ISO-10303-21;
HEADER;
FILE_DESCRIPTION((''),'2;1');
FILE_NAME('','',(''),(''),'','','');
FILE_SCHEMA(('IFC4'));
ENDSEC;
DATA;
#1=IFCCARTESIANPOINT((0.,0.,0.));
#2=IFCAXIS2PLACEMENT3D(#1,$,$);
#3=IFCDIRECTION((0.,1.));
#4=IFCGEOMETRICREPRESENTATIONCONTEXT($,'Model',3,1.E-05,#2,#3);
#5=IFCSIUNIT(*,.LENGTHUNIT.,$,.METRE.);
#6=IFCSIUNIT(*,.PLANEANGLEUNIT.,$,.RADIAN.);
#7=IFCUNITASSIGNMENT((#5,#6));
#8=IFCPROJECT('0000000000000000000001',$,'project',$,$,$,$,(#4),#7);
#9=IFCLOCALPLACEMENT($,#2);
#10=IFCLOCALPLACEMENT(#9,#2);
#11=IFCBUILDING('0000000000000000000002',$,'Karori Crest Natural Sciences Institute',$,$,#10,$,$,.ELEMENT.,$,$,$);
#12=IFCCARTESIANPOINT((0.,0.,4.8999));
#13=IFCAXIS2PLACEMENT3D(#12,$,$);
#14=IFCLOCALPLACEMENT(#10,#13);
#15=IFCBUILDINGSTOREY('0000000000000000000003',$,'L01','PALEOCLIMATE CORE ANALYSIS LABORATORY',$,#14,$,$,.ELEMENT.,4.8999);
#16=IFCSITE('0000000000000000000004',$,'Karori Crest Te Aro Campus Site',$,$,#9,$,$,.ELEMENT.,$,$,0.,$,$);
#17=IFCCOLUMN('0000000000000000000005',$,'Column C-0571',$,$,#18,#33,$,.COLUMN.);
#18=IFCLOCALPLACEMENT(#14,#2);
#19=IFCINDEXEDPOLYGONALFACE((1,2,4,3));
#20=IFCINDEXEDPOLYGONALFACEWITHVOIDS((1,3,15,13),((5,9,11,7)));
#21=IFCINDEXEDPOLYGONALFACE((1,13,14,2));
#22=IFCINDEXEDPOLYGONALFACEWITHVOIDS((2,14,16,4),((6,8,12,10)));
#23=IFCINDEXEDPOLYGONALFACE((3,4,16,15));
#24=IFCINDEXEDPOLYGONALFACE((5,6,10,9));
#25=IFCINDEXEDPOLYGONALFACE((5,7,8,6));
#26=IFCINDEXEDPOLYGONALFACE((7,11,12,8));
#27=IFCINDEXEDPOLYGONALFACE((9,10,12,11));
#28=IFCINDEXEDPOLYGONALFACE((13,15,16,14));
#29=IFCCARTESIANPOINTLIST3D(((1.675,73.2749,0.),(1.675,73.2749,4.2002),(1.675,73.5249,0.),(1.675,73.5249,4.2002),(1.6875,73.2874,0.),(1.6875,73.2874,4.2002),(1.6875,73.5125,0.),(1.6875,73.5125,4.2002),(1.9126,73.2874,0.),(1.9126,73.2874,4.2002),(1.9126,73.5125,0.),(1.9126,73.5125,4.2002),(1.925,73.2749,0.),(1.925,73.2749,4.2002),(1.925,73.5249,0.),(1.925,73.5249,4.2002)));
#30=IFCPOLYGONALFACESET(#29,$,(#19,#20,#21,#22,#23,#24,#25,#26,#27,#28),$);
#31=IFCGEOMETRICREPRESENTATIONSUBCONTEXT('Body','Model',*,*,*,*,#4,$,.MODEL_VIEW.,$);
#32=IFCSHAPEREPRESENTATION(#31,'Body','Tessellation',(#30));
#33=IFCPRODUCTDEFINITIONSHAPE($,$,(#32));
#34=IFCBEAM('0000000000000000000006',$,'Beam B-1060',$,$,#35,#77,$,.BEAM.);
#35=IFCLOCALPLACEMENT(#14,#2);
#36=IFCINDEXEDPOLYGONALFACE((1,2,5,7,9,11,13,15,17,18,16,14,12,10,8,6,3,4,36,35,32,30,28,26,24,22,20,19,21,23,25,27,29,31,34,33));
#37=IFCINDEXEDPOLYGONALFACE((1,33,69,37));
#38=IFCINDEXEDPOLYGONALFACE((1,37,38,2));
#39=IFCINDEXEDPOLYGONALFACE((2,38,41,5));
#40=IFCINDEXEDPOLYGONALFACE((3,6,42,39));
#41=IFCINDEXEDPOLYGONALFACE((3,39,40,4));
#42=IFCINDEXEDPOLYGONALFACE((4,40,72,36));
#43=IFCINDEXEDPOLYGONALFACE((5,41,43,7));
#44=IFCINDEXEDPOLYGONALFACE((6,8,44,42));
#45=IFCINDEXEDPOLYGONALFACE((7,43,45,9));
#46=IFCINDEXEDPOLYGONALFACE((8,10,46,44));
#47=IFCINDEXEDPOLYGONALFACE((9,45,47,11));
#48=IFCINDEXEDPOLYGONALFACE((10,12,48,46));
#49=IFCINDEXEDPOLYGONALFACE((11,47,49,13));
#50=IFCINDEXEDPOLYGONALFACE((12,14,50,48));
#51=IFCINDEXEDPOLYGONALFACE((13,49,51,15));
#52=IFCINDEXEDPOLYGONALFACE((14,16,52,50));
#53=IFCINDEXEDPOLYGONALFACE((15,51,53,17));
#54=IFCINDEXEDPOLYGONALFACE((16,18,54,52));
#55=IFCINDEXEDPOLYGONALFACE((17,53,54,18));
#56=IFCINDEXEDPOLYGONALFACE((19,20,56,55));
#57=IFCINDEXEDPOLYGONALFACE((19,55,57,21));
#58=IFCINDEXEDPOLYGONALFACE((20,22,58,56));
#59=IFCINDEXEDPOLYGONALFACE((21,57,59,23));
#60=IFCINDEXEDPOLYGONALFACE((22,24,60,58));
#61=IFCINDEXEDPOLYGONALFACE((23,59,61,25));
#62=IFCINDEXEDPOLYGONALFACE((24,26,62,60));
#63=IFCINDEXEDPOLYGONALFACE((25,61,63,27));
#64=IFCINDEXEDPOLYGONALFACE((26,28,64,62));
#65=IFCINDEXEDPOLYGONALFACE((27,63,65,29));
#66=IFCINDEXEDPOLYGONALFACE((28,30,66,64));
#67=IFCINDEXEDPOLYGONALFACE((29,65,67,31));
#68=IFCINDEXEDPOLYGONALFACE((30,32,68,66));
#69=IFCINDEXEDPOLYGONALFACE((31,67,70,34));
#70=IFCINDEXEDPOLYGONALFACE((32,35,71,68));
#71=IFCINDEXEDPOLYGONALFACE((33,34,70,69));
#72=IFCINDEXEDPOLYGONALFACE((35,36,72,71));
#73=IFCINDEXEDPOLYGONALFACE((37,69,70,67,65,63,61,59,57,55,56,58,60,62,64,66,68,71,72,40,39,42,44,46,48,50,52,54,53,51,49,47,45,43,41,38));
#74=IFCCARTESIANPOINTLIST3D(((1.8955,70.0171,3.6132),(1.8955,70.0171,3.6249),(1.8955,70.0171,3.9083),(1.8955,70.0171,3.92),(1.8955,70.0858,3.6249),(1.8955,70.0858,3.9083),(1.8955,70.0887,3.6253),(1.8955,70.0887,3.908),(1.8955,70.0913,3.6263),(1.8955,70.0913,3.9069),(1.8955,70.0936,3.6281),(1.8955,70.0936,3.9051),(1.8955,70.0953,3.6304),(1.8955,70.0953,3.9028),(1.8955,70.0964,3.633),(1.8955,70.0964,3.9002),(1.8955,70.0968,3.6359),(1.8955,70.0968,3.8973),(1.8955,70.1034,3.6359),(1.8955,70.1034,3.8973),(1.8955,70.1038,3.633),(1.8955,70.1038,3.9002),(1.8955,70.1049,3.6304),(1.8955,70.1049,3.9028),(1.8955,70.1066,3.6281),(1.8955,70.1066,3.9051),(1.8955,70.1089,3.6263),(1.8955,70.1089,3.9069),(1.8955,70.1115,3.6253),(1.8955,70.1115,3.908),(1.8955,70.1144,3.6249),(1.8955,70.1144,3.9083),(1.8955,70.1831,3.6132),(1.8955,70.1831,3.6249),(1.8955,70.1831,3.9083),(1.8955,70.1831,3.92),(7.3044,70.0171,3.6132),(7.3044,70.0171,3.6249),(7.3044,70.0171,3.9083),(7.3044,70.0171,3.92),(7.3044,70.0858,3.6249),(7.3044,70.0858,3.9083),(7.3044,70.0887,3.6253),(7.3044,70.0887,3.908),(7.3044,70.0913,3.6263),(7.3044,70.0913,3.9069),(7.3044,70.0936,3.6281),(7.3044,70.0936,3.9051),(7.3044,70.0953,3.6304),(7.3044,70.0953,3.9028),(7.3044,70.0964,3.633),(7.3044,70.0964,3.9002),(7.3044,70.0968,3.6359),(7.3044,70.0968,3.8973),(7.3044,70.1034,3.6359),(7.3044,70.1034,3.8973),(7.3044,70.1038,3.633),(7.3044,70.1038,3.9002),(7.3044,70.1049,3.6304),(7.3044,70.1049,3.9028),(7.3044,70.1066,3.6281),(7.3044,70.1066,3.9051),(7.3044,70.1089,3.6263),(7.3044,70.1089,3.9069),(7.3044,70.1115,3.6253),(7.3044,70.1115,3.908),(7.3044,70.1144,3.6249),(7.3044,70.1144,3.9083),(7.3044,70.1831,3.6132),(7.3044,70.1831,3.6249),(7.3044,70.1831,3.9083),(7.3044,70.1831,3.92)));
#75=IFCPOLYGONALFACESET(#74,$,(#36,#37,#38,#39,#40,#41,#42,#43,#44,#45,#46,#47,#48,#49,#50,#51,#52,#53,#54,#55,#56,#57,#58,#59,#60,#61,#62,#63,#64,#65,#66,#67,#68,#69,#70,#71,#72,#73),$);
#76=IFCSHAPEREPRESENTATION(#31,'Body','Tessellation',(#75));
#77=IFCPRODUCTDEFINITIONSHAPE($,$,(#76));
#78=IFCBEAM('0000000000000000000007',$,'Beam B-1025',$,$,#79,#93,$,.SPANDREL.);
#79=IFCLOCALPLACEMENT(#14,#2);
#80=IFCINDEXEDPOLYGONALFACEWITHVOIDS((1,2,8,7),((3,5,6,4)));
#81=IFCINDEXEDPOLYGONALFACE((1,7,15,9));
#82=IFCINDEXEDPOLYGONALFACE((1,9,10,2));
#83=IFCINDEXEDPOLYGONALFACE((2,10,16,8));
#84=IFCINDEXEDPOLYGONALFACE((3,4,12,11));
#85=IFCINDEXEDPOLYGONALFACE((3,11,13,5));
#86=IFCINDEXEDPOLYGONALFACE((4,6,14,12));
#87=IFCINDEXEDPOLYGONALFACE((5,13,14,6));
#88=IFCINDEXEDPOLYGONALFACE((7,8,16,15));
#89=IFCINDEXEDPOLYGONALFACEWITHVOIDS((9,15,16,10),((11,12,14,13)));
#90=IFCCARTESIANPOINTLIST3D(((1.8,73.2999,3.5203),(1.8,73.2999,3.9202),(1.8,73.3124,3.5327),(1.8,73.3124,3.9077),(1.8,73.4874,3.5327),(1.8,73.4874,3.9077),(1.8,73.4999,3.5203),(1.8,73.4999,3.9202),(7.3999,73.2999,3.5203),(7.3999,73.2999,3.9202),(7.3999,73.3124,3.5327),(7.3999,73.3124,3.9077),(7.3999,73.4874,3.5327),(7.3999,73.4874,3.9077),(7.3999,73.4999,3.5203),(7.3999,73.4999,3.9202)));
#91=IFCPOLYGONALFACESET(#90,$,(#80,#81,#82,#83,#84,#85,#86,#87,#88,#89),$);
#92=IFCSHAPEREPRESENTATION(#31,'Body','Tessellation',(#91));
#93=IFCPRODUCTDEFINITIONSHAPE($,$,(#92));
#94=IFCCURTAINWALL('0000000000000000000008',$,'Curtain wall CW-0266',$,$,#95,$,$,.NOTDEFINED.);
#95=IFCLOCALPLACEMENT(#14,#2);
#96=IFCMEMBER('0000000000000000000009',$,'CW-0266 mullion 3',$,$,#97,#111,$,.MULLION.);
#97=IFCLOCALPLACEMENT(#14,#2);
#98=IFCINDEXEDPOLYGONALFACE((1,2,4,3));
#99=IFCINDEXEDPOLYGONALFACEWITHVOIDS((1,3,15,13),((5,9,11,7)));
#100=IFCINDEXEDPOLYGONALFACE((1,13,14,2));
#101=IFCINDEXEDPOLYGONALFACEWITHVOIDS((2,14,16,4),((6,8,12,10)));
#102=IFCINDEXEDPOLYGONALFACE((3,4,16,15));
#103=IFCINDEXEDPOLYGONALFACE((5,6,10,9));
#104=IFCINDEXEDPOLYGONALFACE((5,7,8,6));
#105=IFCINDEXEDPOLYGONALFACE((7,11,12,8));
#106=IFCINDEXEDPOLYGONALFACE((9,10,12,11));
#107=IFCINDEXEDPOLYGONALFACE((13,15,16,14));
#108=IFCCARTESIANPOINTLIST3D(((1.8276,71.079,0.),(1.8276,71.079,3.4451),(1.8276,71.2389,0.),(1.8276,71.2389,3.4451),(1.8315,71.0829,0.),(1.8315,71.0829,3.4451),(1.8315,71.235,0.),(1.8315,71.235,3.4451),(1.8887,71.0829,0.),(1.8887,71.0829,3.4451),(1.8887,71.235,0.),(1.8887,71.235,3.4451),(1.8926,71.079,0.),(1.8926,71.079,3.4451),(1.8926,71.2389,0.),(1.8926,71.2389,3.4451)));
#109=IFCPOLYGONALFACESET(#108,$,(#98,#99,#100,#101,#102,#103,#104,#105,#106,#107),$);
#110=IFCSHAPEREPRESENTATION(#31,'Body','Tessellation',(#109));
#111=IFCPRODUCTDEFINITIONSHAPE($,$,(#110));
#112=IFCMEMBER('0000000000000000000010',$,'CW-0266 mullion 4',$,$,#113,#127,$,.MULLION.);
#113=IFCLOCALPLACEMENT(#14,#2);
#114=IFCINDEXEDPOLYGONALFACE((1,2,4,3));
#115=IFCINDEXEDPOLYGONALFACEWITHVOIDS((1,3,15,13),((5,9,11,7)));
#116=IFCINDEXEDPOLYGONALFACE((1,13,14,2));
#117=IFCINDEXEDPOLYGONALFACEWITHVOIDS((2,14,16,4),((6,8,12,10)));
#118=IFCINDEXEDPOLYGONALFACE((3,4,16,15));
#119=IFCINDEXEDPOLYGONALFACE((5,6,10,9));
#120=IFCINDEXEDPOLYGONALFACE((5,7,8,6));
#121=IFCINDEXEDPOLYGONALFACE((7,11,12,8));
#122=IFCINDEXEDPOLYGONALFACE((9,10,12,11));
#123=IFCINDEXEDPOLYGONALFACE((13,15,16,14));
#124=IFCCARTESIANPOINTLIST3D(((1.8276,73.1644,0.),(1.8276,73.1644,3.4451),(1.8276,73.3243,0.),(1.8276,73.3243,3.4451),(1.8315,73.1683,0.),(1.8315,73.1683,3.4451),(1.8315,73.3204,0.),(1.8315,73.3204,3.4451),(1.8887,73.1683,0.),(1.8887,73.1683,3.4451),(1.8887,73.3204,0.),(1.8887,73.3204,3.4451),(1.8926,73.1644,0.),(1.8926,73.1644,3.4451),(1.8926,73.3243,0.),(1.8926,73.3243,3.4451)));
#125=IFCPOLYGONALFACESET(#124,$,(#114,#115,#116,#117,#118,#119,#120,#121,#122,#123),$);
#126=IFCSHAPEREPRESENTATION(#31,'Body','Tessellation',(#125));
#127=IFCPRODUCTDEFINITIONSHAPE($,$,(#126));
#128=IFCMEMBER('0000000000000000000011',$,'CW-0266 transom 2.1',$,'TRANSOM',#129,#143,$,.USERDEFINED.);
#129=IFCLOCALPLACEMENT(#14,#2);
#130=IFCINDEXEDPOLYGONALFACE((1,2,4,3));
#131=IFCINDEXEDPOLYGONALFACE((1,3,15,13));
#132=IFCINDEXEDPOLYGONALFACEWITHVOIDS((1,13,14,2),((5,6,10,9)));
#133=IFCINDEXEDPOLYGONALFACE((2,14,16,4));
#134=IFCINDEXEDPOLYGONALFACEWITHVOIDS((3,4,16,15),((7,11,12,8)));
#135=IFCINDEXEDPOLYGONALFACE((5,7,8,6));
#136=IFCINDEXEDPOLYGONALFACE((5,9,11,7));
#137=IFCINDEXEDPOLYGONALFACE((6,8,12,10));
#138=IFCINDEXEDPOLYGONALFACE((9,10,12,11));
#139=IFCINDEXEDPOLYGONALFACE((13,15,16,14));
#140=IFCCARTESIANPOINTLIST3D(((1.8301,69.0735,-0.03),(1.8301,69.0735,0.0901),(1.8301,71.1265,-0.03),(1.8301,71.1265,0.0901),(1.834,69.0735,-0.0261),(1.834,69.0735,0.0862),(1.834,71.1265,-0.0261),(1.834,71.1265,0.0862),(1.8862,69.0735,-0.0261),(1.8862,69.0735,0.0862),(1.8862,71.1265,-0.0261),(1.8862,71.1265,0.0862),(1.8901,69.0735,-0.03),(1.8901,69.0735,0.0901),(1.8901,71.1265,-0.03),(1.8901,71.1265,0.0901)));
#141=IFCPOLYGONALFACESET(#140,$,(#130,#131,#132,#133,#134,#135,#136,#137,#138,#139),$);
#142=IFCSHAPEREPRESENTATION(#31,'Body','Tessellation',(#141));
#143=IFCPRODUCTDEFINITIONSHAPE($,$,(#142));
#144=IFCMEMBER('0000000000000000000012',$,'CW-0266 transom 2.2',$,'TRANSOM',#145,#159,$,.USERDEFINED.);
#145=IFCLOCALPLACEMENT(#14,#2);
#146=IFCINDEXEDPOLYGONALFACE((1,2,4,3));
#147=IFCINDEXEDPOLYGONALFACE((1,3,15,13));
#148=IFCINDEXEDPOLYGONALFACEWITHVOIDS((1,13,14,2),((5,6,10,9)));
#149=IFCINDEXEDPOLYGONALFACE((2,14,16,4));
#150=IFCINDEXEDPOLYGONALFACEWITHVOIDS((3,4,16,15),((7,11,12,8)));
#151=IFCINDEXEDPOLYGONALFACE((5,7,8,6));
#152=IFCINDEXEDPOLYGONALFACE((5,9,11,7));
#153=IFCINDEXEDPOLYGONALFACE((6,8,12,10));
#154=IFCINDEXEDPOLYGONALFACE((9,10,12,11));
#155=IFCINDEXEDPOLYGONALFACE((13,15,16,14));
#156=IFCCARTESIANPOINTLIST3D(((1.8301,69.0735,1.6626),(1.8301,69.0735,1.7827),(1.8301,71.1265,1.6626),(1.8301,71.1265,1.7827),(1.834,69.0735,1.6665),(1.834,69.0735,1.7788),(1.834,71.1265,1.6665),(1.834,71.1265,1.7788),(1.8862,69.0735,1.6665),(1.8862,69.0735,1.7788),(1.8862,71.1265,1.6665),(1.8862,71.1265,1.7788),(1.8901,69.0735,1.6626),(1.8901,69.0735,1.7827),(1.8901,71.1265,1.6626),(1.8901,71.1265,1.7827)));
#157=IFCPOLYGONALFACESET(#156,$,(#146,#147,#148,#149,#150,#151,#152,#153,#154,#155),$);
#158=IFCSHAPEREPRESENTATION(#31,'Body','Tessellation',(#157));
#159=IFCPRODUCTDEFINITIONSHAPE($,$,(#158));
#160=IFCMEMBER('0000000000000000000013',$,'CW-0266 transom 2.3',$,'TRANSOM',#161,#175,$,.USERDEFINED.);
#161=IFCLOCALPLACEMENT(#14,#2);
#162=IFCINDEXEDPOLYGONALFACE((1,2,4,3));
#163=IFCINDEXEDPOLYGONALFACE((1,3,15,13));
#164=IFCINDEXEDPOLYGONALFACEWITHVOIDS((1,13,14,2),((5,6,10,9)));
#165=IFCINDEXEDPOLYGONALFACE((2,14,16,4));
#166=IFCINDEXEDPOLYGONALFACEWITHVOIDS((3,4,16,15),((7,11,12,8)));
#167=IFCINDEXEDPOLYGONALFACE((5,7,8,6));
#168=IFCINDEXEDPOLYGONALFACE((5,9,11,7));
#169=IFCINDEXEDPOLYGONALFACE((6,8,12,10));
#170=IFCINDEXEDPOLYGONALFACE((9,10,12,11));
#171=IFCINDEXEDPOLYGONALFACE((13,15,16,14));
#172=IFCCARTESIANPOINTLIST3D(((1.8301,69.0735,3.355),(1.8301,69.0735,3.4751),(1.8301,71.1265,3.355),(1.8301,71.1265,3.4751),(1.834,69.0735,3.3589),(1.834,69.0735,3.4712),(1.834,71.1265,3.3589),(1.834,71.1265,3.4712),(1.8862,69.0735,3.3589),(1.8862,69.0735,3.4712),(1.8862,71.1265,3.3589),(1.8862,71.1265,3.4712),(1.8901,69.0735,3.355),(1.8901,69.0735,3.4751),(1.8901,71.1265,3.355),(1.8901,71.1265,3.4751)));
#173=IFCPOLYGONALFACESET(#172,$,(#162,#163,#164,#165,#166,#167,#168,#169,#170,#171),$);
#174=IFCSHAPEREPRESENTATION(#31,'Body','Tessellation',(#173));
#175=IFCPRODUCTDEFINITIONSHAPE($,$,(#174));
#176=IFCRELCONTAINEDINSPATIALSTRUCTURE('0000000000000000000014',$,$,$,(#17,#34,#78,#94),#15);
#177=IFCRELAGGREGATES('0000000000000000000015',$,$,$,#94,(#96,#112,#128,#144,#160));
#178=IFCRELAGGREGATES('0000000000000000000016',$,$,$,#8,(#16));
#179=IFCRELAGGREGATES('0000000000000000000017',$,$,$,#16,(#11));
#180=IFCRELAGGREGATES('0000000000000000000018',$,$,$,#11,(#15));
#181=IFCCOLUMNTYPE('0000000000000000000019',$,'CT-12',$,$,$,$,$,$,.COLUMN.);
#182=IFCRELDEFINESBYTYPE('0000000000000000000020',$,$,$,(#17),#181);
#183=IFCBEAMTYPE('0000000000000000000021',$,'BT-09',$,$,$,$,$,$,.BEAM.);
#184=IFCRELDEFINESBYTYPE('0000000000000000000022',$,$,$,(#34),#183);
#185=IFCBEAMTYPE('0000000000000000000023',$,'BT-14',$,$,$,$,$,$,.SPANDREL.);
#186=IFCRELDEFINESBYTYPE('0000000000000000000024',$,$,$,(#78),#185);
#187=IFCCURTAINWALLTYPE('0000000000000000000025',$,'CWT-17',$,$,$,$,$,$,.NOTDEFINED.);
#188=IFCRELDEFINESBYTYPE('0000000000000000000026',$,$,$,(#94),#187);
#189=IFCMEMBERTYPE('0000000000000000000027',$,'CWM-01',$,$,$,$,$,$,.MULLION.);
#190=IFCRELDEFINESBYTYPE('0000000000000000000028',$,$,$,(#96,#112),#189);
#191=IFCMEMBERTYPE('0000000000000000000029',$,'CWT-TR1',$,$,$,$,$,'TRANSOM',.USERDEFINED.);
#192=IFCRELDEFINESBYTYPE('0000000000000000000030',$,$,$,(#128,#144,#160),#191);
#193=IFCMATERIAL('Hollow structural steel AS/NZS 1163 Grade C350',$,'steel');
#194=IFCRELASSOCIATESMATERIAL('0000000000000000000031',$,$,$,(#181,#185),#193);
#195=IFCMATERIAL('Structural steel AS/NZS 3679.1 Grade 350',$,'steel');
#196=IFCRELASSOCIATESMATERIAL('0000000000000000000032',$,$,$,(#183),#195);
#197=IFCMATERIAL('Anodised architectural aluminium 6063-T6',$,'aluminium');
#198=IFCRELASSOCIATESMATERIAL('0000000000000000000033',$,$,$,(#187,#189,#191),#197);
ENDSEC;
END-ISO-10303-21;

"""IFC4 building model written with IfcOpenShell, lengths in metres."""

from ifc_helpers import new_model, si_unit, direction, frame, origin, origin_2d, place, context, subcontext, project, spatial, hollow_rectangle, i_section, extrude, material, material_profile, profile_set, type_object, element, aggregate, save


model = new_model("IFC4")

# Units and contexts
model_context = context("Model", 3, precision=1e-05, world=origin(), true_north=direction((0.0, 1.0)))
body_context = subcontext(model_context, "Body", "Model", "MODEL_VIEW")
ifc_project = project(units=[si_unit("LENGTHUNIT", "METRE"), si_unit("PLANEANGLEUNIT", "RADIAN")], contexts=[model_context])

# Site, building, storey
site_placement = place(None, origin())
site = spatial("IfcSite", under=ifc_project, at=site_placement, Name="Karori Crest Te Aro Campus Site", CompositionType="ELEMENT", RefElevation=0.0)
building_placement = place(site_placement, origin())
building = spatial("IfcBuilding", under=site, at=building_placement, Name="Karori Crest Natural Sciences Institute", CompositionType="ELEMENT")
storey_placement = place(building_placement, frame((0.0, 0.0, 4.8999)))
storey = spatial("IfcBuildingStorey", under=building, at=storey_placement, Name="L01", Description="PALEOCLIMATE CORE ANALYSIS LABORATORY", CompositionType="ELEMENT", Elevation=4.8999)

# Column
ifc_material_1 = material(Name="Hollow structural steel AS/NZS 1163 Grade C350", Category="steel")
ifc_material_profile_1 = material_profile(ifc_material_1, hollow_rectangle(XDim=0.25, YDim=0.25, WallThickness=0.0125, at=origin_2d()), Name="SHS250x250x12.5")
ifc_profile_set_1 = profile_set([ifc_material_profile_1], Name="Hollow structural steel AS/NZS 1163 Grade C350")
column_type = type_object("IfcColumnType", Name="CT-12", PredefinedType="COLUMN", material=ifc_profile_set_1)
column_placement = place(storey_placement, frame((1.8, 73.3999, 0.0), z_axis=(0.0, 0.0, 1.0), x_axis=(1.0, 0.0, 0.0)))
element("IfcColumn", 1, at=column_placement, inside=storey, type_object=column_type, Name="Column C-0571", PredefinedType="COLUMN", context=body_context, shape_type="SweptSolid", body=[
    extrude(hollow_rectangle(XDim=0.25, YDim=0.25, WallThickness=0.0125, at=origin_2d()), origin(), (0.0, 0.0, 1.0), 4.2002),
])

# Beams
ifc_material_2 = material(Name="Structural steel AS/NZS 3679.1 Grade 350", Category="steel")
ifc_material_profile_2 = material_profile(ifc_material_2, i_section(OverallWidth=0.166, OverallDepth=0.3069, WebThickness=0.0066, FlangeThickness=0.0117, FilletRadius=0.011, at=origin_2d()), Name="310UB46.2")
ifc_profile_set_2 = profile_set([ifc_material_profile_2], Name="Structural steel AS/NZS 3679.1 Grade 350")
beam_type_1 = type_object("IfcBeamType", Name="BT-09", PredefinedType="BEAM", material=ifc_profile_set_2)
beam_1_placement = place(storey_placement, frame((1.8955, 70.1001, 3.7666), z_axis=(1.0, 0.0, 0.0), x_axis=(0.0, 1.0, 0.0)))
element("IfcBeam", 2, at=beam_1_placement, inside=storey, type_object=beam_type_1, Name="Beam B-1060", PredefinedType="BEAM", context=body_context, shape_type="SweptSolid", body=[
    extrude(i_section(OverallWidth=0.166, OverallDepth=0.3069, WebThickness=0.0066, FlangeThickness=0.0117, FilletRadius=0.011, at=origin_2d()), origin(), (0.0, 0.0, 1.0), 5.4089),
])
ifc_material_profile_3 = material_profile(ifc_material_1, hollow_rectangle(XDim=0.2, YDim=0.3999, WallThickness=0.0125, at=origin_2d()), Name="RHS400x200x12.5")
ifc_profile_set_3 = profile_set([ifc_material_profile_3], Name="Hollow structural steel AS/NZS 1163 Grade C350")
beam_type_2 = type_object("IfcBeamType", Name="BT-14", PredefinedType="SPANDREL", material=ifc_profile_set_3)
beam_2_placement = place(storey_placement, frame((1.8, 73.3999, 3.7202), z_axis=(1.0, 0.0, 0.0), x_axis=(0.0, 1.0, 0.0)))
element("IfcBeam", 3, at=beam_2_placement, inside=storey, type_object=beam_type_2, Name="Beam B-1025", PredefinedType="SPANDREL", context=body_context, shape_type="SweptSolid", body=[
    extrude(hollow_rectangle(XDim=0.2, YDim=0.3999, WallThickness=0.0125, at=origin_2d()), origin(), (0.0, 0.0, 1.0), 5.5999),
])

# Curtain wall, members
ifc_material_3 = material(Name="Anodised architectural aluminium 6063-T6", Category="aluminium")
curtain_wall_type = type_object("IfcCurtainWallType", Name="CWT-17", PredefinedType="NOTDEFINED", material=ifc_material_3)
curtain_wall_placement = place(storey_placement, origin())
curtain_wall = element("IfcCurtainWall", 4, at=curtain_wall_placement, inside=storey, type_object=curtain_wall_type, Name="Curtain wall CW-0266", PredefinedType="NOTDEFINED")
ifc_material_profile_4 = material_profile(ifc_material_3, hollow_rectangle(XDim=0.0649, YDim=0.1599, WallThickness=0.0039, at=origin_2d()), Name="CWM160x65x4")
ifc_profile_set_4 = profile_set([ifc_material_profile_4], Name="Anodised architectural aluminium 6063-T6")
member_type_1 = type_object("IfcMemberType", Name="CWM-01", PredefinedType="MULLION", material=ifc_profile_set_4)
member_1_placement = place(storey_placement, frame((1.8601, 71.1589, 0.0), z_axis=(0.0, 0.0, 1.0), x_axis=(-1.0, 0.0, 0.0)))
member_1 = element("IfcMember", 5, at=member_1_placement, type_object=member_type_1, Name="CW-0266 mullion 3", PredefinedType="MULLION", context=body_context, shape_type="SweptSolid", body=[
    extrude(hollow_rectangle(XDim=0.0649, YDim=0.1599, WallThickness=0.0039, at=origin_2d()), origin(), (0.0, 0.0, 1.0), 3.4451),
])
member_2_placement = place(storey_placement, frame((1.8601, 73.2444, 0.0), z_axis=(0.0, 0.0, 1.0), x_axis=(-1.0, 0.0, 0.0)))
member_2 = element("IfcMember", 6, at=member_2_placement, type_object=member_type_1, Name="CW-0266 mullion 4", PredefinedType="MULLION", context=body_context, shape_type="SweptSolid", body=[
    extrude(hollow_rectangle(XDim=0.0649, YDim=0.1599, WallThickness=0.0039, at=origin_2d()), origin(), (0.0, 0.0, 1.0), 3.4451),
])
ifc_material_profile_5 = material_profile(ifc_material_3, hollow_rectangle(XDim=0.0601, YDim=0.1201, WallThickness=0.0039, at=origin_2d()), Name="CWT120x60x4")
ifc_profile_set_5 = profile_set([ifc_material_profile_5], Name="Anodised architectural aluminium 6063-T6")
member_type_2 = type_object("IfcMemberType", Name="CWT-TR1", ElementType="TRANSOM", PredefinedType="USERDEFINED", material=ifc_profile_set_5)
member_3_placement = place(storey_placement, frame((1.8601, 69.0735, 0.03), z_axis=(0.0, 1.0, 0.0), x_axis=(-1.0, 0.0, 0.0)))
member_3 = element("IfcMember", 7, at=member_3_placement, type_object=member_type_2, Name="CW-0266 transom 2.1", ObjectType="TRANSOM", PredefinedType="USERDEFINED", context=body_context, shape_type="SweptSolid", body=[
    extrude(hollow_rectangle(XDim=0.0601, YDim=0.1201, WallThickness=0.0039, at=origin_2d()), origin(), (0.0, 0.0, 1.0), 2.053),
])
member_4_placement = place(storey_placement, frame((1.8601, 69.0735, 1.7227), z_axis=(0.0, 1.0, 0.0), x_axis=(-1.0, 0.0, 0.0)))
member_4 = element("IfcMember", 8, at=member_4_placement, type_object=member_type_2, Name="CW-0266 transom 2.2", ObjectType="TRANSOM", PredefinedType="USERDEFINED", context=body_context, shape_type="SweptSolid", body=[
    extrude(hollow_rectangle(XDim=0.0601, YDim=0.1201, WallThickness=0.0039, at=origin_2d()), origin(), (0.0, 0.0, 1.0), 2.053),
])
member_5_placement = place(storey_placement, frame((1.8601, 69.0735, 3.415), z_axis=(0.0, 1.0, 0.0), x_axis=(-1.0, 0.0, 0.0)))
member_5 = element("IfcMember", 9, at=member_5_placement, type_object=member_type_2, Name="CW-0266 transom 2.3", ObjectType="TRANSOM", PredefinedType="USERDEFINED", context=body_context, shape_type="SweptSolid", body=[
    extrude(hollow_rectangle(XDim=0.0601, YDim=0.1201, WallThickness=0.0039, at=origin_2d()), origin(), (0.0, 0.0, 1.0), 2.053),
])
aggregate(curtain_wall, [member_1, member_2, member_3, member_4, member_5])

save(model, "model.ifc")
